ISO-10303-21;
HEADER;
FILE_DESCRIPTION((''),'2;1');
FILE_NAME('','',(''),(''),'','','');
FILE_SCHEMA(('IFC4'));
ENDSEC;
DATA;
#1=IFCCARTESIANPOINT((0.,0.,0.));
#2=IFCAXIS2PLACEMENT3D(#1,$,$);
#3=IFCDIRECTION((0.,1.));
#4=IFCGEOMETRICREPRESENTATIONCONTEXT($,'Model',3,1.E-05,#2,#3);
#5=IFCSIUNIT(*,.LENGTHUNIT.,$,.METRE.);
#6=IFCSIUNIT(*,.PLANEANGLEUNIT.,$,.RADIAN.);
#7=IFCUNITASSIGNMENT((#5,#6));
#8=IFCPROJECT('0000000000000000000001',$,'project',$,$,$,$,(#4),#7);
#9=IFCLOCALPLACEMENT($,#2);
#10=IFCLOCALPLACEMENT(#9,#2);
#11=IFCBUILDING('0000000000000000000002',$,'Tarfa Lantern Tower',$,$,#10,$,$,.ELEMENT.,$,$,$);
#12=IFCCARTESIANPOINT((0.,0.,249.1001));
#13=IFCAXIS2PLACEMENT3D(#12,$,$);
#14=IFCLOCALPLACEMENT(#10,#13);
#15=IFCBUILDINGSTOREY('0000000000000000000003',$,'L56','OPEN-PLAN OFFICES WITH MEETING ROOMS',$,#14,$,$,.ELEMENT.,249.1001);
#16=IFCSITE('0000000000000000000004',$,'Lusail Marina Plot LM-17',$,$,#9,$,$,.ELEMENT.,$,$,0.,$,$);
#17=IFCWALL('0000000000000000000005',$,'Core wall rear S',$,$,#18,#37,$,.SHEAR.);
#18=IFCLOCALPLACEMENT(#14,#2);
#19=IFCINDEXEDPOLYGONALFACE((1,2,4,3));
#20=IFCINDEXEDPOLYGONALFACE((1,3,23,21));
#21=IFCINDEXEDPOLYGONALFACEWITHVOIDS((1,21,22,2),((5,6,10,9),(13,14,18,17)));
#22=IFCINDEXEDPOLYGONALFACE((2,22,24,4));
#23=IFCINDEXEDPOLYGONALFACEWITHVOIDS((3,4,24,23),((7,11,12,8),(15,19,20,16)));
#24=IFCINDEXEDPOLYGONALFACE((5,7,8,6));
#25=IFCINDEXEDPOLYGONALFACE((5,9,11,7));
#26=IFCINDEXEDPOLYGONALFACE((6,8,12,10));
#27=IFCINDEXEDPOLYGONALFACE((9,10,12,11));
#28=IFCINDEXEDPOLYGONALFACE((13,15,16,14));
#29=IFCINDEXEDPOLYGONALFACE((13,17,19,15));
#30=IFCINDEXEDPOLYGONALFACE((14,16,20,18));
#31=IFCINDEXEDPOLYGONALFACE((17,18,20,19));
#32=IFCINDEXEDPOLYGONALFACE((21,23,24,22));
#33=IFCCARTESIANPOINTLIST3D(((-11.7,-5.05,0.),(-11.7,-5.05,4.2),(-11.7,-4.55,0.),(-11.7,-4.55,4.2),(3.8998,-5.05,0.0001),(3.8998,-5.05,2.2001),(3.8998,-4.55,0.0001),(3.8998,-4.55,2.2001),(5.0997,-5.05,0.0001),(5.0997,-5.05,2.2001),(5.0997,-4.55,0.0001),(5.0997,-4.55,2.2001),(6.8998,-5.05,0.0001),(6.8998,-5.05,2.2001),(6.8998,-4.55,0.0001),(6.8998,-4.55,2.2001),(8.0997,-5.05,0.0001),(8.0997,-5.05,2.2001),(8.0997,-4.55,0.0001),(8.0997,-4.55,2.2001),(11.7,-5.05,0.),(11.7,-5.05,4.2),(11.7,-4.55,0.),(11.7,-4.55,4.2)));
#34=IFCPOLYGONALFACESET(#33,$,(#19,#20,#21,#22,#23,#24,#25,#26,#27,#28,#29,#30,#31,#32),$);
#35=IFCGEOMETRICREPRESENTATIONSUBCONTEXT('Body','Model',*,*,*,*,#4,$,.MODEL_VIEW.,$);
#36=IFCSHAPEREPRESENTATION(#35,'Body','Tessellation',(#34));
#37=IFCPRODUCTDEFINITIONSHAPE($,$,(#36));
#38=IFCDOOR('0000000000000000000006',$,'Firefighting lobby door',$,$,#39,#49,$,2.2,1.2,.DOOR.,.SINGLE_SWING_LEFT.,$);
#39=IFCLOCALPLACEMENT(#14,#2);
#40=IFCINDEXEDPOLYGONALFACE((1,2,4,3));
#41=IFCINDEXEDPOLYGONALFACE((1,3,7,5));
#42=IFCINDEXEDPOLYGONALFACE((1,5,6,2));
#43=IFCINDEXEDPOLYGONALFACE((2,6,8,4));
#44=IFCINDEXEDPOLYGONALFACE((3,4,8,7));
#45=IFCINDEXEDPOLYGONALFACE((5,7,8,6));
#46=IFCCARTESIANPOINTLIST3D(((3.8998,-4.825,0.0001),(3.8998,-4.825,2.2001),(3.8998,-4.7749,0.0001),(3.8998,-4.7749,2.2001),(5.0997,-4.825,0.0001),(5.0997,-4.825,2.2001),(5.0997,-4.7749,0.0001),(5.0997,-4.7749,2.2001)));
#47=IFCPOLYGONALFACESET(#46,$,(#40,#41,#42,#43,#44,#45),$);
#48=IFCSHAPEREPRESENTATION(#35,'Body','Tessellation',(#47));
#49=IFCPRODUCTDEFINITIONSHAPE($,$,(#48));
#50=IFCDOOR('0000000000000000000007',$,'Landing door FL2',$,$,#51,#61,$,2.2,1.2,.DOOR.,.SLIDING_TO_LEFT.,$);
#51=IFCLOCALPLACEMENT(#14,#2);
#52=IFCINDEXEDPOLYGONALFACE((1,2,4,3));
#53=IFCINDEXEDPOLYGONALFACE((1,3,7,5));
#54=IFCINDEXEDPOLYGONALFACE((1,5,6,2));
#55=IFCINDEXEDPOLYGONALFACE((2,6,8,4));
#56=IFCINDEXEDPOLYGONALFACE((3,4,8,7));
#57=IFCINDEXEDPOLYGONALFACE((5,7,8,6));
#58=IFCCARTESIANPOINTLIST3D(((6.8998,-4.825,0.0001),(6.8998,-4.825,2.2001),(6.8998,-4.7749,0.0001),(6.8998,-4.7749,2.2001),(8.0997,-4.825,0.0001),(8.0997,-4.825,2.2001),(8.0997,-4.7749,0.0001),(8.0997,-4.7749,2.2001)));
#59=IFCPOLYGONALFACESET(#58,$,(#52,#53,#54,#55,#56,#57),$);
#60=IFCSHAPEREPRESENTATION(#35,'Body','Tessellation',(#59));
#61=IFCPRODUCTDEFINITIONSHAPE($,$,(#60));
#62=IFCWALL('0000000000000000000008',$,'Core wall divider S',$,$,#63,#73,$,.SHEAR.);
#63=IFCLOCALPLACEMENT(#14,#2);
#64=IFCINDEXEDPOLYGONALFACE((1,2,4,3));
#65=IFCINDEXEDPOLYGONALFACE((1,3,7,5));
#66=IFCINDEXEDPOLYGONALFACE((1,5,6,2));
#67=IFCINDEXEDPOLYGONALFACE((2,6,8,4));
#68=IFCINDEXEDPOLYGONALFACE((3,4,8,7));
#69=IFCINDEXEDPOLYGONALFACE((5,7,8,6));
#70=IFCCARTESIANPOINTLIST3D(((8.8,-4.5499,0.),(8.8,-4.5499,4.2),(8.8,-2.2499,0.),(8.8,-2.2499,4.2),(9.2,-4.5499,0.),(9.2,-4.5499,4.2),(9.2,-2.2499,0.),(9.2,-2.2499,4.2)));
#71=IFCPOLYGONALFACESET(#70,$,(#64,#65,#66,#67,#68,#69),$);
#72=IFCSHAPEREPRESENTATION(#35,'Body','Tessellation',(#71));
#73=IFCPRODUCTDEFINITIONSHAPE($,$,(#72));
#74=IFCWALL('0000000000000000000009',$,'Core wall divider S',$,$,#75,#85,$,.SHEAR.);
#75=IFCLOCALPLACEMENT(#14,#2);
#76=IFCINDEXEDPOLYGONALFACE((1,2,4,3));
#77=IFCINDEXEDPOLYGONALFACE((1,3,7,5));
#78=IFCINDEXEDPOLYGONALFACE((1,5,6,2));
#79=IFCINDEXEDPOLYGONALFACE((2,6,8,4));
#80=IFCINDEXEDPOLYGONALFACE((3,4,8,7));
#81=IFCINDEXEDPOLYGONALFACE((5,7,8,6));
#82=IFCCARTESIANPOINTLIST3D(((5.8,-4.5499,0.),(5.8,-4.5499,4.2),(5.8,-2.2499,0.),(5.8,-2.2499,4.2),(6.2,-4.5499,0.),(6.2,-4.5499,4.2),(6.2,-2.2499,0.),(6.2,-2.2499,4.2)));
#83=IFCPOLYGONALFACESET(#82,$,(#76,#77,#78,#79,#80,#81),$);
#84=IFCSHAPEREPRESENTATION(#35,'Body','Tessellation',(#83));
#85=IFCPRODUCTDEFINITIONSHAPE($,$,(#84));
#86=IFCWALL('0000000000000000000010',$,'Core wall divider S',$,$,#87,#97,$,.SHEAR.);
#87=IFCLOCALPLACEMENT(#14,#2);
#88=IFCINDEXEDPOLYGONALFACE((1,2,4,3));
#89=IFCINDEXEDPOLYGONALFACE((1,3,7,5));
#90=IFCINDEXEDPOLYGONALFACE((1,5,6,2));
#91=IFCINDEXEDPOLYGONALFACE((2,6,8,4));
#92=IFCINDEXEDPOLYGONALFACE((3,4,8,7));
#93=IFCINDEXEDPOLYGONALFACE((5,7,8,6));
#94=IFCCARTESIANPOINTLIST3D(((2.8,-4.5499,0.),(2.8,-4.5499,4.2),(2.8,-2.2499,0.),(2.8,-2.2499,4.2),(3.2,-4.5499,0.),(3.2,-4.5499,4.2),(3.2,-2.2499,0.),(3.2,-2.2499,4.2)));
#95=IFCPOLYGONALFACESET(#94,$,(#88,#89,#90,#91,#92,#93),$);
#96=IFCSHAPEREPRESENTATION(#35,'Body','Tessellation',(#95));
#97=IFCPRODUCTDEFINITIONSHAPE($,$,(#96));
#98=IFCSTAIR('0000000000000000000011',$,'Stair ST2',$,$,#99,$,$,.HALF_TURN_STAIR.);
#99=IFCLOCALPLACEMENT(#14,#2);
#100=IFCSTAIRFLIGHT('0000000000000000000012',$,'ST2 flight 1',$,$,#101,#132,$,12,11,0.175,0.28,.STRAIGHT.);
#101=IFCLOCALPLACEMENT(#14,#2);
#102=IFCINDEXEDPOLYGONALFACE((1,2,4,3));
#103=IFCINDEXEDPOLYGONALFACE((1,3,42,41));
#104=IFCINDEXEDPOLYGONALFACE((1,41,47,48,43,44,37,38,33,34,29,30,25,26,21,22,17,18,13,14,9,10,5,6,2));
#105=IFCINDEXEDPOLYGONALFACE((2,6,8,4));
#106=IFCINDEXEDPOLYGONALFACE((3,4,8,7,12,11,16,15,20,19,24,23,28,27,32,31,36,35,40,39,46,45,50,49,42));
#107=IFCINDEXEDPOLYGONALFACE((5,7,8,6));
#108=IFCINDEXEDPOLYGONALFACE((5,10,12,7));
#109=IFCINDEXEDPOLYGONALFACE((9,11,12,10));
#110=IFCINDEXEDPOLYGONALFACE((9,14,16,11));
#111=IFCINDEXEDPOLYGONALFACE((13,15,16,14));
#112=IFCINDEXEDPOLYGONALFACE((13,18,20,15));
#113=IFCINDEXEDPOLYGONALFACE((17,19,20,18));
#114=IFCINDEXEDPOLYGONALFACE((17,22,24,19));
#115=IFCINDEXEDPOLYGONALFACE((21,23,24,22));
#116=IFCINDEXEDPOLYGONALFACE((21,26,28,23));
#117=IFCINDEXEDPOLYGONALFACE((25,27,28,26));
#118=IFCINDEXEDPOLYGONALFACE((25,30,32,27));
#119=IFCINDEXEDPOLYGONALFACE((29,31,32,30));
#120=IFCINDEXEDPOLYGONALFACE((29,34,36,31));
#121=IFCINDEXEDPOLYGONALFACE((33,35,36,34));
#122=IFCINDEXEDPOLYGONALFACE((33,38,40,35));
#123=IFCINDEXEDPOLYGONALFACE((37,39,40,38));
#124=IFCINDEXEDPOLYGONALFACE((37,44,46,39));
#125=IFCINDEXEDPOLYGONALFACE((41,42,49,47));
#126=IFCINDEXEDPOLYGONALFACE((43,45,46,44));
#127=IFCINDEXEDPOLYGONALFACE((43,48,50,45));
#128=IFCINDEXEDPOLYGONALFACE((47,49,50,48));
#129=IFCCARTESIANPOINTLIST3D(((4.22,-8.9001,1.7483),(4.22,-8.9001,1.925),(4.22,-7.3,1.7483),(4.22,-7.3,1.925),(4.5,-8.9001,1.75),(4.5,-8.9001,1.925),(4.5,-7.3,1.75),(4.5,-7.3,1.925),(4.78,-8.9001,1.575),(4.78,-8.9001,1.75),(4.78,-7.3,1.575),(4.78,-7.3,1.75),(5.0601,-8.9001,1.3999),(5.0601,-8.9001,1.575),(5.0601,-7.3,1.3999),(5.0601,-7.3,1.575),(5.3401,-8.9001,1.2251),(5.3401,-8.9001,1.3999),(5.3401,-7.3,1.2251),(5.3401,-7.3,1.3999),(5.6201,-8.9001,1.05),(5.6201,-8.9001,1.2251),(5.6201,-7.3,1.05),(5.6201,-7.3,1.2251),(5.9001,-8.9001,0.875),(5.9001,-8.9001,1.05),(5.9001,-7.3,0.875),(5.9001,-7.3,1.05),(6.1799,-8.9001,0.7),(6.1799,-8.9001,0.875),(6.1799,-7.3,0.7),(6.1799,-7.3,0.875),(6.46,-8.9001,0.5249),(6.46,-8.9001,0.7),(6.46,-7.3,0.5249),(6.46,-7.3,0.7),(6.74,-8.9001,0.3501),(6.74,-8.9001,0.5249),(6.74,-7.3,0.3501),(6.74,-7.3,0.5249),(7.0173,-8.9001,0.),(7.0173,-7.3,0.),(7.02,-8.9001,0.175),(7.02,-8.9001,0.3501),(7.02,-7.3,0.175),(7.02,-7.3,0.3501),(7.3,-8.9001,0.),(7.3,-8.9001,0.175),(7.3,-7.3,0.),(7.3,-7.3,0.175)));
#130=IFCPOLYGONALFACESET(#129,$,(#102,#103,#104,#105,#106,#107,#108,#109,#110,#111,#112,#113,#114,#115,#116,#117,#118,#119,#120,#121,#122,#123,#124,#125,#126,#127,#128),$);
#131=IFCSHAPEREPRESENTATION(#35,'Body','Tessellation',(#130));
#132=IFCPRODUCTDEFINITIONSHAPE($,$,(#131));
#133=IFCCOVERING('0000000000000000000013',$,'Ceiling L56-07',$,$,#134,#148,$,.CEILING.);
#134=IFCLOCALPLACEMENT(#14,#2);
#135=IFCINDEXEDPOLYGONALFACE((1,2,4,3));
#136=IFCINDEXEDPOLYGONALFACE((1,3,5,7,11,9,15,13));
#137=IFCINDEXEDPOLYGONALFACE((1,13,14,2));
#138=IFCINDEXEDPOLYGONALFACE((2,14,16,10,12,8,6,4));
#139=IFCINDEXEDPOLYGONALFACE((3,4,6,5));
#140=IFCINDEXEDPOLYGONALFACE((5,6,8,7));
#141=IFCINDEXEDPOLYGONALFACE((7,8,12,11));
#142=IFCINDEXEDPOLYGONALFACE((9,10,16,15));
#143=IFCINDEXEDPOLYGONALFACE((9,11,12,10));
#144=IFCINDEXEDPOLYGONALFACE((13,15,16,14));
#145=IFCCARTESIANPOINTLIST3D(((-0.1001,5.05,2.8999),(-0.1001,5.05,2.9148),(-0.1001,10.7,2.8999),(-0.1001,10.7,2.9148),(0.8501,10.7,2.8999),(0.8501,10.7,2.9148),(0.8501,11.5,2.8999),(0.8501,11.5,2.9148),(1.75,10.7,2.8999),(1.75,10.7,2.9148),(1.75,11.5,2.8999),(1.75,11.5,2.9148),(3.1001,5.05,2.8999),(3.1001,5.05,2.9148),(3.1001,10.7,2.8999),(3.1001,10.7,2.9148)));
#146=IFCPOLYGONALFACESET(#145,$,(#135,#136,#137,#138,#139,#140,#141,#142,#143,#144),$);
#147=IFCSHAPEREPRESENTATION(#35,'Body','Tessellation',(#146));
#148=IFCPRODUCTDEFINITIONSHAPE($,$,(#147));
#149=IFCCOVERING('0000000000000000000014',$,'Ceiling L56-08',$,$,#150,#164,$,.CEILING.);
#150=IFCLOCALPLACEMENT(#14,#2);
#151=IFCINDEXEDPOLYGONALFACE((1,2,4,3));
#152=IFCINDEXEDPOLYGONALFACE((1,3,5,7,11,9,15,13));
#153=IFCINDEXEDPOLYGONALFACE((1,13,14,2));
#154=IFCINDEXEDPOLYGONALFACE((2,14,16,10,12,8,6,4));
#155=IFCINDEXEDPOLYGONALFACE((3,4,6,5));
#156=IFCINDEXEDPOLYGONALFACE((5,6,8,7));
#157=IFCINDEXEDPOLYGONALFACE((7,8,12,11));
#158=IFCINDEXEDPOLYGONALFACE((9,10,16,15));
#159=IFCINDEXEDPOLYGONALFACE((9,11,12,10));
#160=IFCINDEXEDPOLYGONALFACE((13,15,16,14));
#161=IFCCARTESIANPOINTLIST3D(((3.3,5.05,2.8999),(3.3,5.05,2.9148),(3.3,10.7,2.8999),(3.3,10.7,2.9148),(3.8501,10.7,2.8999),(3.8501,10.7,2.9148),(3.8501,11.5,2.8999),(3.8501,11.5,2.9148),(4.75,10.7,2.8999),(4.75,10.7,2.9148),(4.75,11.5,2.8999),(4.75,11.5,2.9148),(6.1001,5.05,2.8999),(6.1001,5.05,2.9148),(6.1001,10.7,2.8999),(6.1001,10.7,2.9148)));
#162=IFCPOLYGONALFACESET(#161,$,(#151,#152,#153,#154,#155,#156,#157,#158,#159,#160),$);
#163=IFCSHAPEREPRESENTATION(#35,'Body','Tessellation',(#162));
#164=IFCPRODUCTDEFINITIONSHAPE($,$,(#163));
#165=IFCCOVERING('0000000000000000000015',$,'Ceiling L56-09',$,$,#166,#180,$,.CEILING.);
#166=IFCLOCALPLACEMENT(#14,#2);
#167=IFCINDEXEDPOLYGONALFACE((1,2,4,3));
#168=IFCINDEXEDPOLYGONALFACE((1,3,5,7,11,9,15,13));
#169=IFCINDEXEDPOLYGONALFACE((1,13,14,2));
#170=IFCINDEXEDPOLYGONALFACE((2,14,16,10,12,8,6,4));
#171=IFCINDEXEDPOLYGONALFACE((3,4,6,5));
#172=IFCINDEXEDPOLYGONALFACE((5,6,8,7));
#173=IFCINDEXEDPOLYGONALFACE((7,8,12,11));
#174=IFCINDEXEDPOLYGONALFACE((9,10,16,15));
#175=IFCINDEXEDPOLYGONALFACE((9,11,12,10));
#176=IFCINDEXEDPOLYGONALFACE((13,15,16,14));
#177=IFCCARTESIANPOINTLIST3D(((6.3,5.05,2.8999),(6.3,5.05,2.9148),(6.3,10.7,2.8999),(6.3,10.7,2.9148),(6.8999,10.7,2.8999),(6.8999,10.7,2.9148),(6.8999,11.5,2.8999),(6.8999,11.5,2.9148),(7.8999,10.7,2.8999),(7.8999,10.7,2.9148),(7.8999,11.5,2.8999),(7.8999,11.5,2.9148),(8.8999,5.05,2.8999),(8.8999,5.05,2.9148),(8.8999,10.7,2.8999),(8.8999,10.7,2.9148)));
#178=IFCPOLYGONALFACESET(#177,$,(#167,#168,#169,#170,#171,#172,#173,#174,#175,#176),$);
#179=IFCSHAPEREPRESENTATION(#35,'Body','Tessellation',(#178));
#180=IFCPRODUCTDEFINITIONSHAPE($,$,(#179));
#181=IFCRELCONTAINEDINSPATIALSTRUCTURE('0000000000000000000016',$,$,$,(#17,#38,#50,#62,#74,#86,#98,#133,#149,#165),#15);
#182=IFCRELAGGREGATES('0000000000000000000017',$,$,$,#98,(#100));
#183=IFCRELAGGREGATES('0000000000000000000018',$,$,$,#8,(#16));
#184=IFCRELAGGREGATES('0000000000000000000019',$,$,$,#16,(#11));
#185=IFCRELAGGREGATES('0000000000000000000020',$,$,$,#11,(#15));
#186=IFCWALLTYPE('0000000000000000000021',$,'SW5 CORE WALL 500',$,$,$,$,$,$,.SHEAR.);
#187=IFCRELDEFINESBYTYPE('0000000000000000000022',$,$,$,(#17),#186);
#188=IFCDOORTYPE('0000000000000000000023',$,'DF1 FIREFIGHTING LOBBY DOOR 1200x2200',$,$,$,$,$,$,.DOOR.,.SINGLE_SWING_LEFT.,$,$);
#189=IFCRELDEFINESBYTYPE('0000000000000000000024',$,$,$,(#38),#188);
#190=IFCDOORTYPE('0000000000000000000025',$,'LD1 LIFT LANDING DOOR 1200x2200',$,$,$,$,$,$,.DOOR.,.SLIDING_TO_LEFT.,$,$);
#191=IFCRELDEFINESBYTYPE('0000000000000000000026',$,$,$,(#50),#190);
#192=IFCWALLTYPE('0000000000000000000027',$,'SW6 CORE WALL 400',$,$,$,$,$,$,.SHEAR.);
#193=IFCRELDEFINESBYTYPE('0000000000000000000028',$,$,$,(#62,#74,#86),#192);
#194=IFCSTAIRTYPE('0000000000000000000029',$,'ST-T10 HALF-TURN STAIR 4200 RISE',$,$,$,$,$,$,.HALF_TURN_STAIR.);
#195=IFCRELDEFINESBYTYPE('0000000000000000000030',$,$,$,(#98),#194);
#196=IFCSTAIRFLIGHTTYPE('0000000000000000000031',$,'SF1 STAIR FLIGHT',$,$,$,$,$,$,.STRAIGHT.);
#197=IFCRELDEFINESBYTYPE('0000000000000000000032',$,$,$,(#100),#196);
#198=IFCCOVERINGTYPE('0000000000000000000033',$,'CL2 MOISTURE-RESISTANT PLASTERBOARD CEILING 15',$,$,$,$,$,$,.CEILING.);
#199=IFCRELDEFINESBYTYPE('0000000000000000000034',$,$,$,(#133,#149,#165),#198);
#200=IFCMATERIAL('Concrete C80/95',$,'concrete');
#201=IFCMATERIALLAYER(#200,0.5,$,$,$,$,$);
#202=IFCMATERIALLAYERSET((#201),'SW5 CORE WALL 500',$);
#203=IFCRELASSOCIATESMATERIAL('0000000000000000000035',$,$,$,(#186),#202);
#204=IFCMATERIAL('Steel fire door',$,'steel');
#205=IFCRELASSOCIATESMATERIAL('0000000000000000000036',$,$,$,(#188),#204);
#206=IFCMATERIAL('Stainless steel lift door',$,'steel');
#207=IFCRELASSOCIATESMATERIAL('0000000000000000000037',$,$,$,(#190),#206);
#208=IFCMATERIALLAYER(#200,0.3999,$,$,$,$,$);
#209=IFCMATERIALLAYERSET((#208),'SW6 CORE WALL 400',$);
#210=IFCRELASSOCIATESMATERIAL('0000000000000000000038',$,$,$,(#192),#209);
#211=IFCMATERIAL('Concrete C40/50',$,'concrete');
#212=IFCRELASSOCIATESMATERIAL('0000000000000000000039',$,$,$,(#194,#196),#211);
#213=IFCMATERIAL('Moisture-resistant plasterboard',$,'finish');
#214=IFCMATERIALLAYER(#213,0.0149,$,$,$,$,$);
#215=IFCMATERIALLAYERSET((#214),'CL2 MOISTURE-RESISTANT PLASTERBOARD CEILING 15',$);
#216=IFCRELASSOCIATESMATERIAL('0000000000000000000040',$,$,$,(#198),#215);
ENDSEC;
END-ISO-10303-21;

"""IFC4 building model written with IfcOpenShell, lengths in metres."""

from ifc_helpers import new_model, si_unit, direction, frame, frame_2d, origin, place, context, subcontext, project, spatial, polyline, rectangle, outline, extrude, material, layer, layer_set, type_object, element, fill, aggregate, save


model = new_model("IFC4")

# Units and contexts
model_context = context("Model", 3, precision=1e-05, world=origin(), true_north=direction((0.0, 1.0)))
body_context = subcontext(model_context, "Body", "Model", "MODEL_VIEW")
ifc_project = project(units=[si_unit("LENGTHUNIT", "METRE"), si_unit("PLANEANGLEUNIT", "RADIAN")], contexts=[model_context])

# Site, building, storey
site_placement = place(None, origin())
site = spatial("IfcSite", under=ifc_project, at=site_placement, Name="Lusail Marina Plot LM-17", CompositionType="ELEMENT", RefElevation=0.0)
building_placement = place(site_placement, origin())
building = spatial("IfcBuilding", under=site, at=building_placement, Name="Tarfa Lantern Tower", CompositionType="ELEMENT")
storey_placement = place(building_placement, frame((0.0, 0.0, 249.1001)))
storey = spatial("IfcBuildingStorey", under=building, at=storey_placement, Name="L56", Description="OPEN-PLAN OFFICES WITH MEETING ROOMS", CompositionType="ELEMENT", Elevation=249.1001)

# Shared definitions
ifc_material_1 = material(Name="Concrete C80/95", Category="concrete")

# Shared definitions
ifc_material_2 = material(Name="Steel fire door", Category="steel")

# Shared definitions
ifc_layer_1 = layer(ifc_material_1, 0.5)
ifc_layer_set_1 = layer_set([ifc_layer_1], Name="SW5 CORE WALL 500")
wall_type_1 = type_object("IfcWallType", Name="SW5 CORE WALL 500", PredefinedType="SHEAR", material=ifc_layer_set_1)

# Wall, openings, doors
ifc_material_3 = material(Name="Stainless steel lift door", Category="steel")
wall_1_placement = place(storey_placement, frame((11.7, -4.8, 0.0), z_axis=(0.0, 0.0, 1.0), x_axis=(-1.0, 0.0, 0.0)))
wall_1 = element("IfcWall", 1, at=wall_1_placement, inside=storey, type_object=wall_type_1, Name="Core wall rear S", PredefinedType="SHEAR", context=body_context, shape_type="SweptSolid", body=[
    extrude(rectangle(XDim=23.3999, YDim=0.5, at=frame_2d((11.7, 0.0))), origin(), (0.0, 0.0, 1.0), 4.2),
])
opening_1_placement = place(wall_1_placement, frame((6.6001, 0.0, 0.0)))
opening_1 = element("IfcOpeningElement", 2, at=opening_1_placement, cuts=wall_1, PredefinedType="OPENING", context=body_context, shape_type="SweptSolid", body=[
    extrude(rectangle(XDim=1.2, YDim=2.2, at=frame_2d((0.6001, 1.1001))), frame((0.0, 0.26, 0.0), z_axis=(0.0, -1.0, 0.0), x_axis=(1.0, 0.0, 0.0)), (0.0, 0.0, 1.0), 0.52),
])
opening_2_placement = place(wall_1_placement, frame((3.6001, 0.0, 0.0)))
opening_2 = element("IfcOpeningElement", 3, at=opening_2_placement, cuts=wall_1, PredefinedType="OPENING", context=body_context, shape_type="SweptSolid", body=[
    extrude(rectangle(XDim=1.2, YDim=2.2, at=frame_2d((0.6001, 1.1001))), frame((0.0, 0.26, 0.0), z_axis=(0.0, -1.0, 0.0), x_axis=(1.0, 0.0, 0.0)), (0.0, 0.0, 1.0), 0.52),
])
door_type_1 = type_object("IfcDoorType", Name="DF1 FIREFIGHTING LOBBY DOOR 1200x2200", OperationType="SINGLE_SWING_LEFT", PredefinedType="DOOR", material=ifc_material_2)
door_1_placement = place(opening_1_placement, origin())
door_1 = element("IfcDoor", 4, at=door_1_placement, inside=storey, type_object=door_type_1, Name="Firefighting lobby door", OperationType="SINGLE_SWING_LEFT", OverallHeight=2.2, OverallWidth=1.2, PredefinedType="DOOR", context=body_context, shape_type="SweptSolid", body=[
    extrude(rectangle(XDim=1.2, YDim=2.2, at=frame_2d((0.6001, 1.1001))), frame((0.0, 0.0249, 0.0), z_axis=(0.0, -1.0, 0.0), x_axis=(1.0, 0.0, 0.0)), (0.0, 0.0, 1.0), 0.05),
])
fill(opening_1, door_1)
door_type_2 = type_object("IfcDoorType", Name="LD1 LIFT LANDING DOOR 1200x2200", OperationType="SLIDING_TO_LEFT", PredefinedType="DOOR", material=ifc_material_3)
door_2_placement = place(opening_2_placement, origin())
door_2 = element("IfcDoor", 5, at=door_2_placement, inside=storey, type_object=door_type_2, Name="Landing door FL2", OperationType="SLIDING_TO_LEFT", OverallHeight=2.2, OverallWidth=1.2, PredefinedType="DOOR", context=body_context, shape_type="SweptSolid", body=[
    extrude(rectangle(XDim=1.2, YDim=2.2, at=frame_2d((0.6001, 1.1001))), frame((0.0, 0.0249, 0.0), z_axis=(0.0, -1.0, 0.0), x_axis=(1.0, 0.0, 0.0)), (0.0, 0.0, 1.0), 0.05),
])
fill(opening_2, door_2)

# Walls
ifc_layer_2 = layer(ifc_material_1, 0.3999)
ifc_layer_set_2 = layer_set([ifc_layer_2], Name="SW6 CORE WALL 400")
wall_type_2 = type_object("IfcWallType", Name="SW6 CORE WALL 400", PredefinedType="SHEAR", material=ifc_layer_set_2)
for number, where, z_axis, x_axis, name in (
    (6, (9.0, -2.25, 0.0), (0.0, 0.0, 1.0), (0.0, -1.0, 0.0), "Core wall divider S"),
    (7, (6.0, -2.25, 0.0), (0.0, 0.0, 1.0), (0.0, -1.0, 0.0), "Core wall divider S"),
    (8, (3.0, -2.25, 0.0), (0.0, 0.0, 1.0), (0.0, -1.0, 0.0), "Core wall divider S"),
):
    element("IfcWall", number, at=place(storey_placement, frame(where, z_axis=z_axis, x_axis=x_axis)), inside=storey, type_object=wall_type_2, Name=name, PredefinedType="SHEAR", context=body_context, shape_type="SweptSolid", body=[
        extrude(rectangle(XDim=2.3, YDim=0.3999, at=frame_2d((1.1499, 0.0))), origin(), (0.0, 0.0, 1.0), 4.2),
    ])

# Stair, stair flight
ifc_material_4 = material(Name="Concrete C40/50", Category="concrete")
stair_type = type_object("IfcStairType", Name="ST-T10 HALF-TURN STAIR 4200 RISE", PredefinedType="HALF_TURN_STAIR", material=ifc_material_4)
stair_placement = place(storey_placement, origin())
stair = element("IfcStair", 9, at=stair_placement, inside=storey, type_object=stair_type, Name="Stair ST2", PredefinedType="HALF_TURN_STAIR")
stair_flight_type = type_object("IfcStairFlightType", Name="SF1 STAIR FLIGHT", PredefinedType="STRAIGHT", material=ifc_material_4)
stair_flight_placement = place(storey_placement, frame((7.3, -8.1001, 0.0), z_axis=(0.0, 0.0, 1.0), x_axis=(-1.0, 0.0, 0.0)))
stair_flight = element("IfcStairFlight", 10, at=stair_flight_placement, type_object=stair_flight_type, Name="ST2 flight 1", NumberOfRisers=12, NumberOfTreads=11, PredefinedType="STRAIGHT", RiserHeight=0.175, TreadLength=0.28, context=body_context, shape_type="SweptSolid", body=[
    extrude(outline(polyline([(0.0, 0.0), (0.0, 0.175), (0.28, 0.175), (0.28, 0.3501), (0.5601, 0.3501), (0.5601, 0.5249), (0.8401, 0.5249), (0.8401, 0.7), (1.1201, 0.7), (1.1201, 0.875), (1.3999, 0.875), (1.3999, 1.05), (1.6799, 1.05), (1.6799, 1.2251), (1.96, 1.2251), (1.96, 1.3999), (2.24, 1.3999), (2.24, 1.575), (2.52, 1.575), (2.52, 1.75), (2.8, 1.75), (2.8, 1.925), (3.0801, 1.925), (3.0801, 2.1001), (3.0801, 1.7483), (0.2827, 0.0), (0.0, 0.0)])), frame((0.0, 0.8, 0.0), z_axis=(0.0, -1.0, 0.0), x_axis=(1.0, 0.0, 0.0)), (0.0, 0.0, 1.0), 1.6001),
])
aggregate(stair, [stair_flight])

# Coverings
ifc_material_5 = material(Name="Moisture-resistant plasterboard", Category="finish")
ifc_layer_3 = layer(ifc_material_5, 0.0149)
ifc_layer_set_3 = layer_set([ifc_layer_3], Name="CL2 MOISTURE-RESISTANT PLASTERBOARD CEILING 15")
covering_type_1 = type_object("IfcCoveringType", Name="CL2 MOISTURE-RESISTANT PLASTERBOARD CEILING 15", PredefinedType="CEILING", material=ifc_layer_set_3)
covering_1_placement = place(storey_placement, frame((0.0, 0.0, 2.8999)))
element("IfcCovering", 11, at=covering_1_placement, inside=storey, type_object=covering_type_1, Name="Ceiling L56-07", PredefinedType="CEILING", context=body_context, shape_type="SweptSolid", body=[
    extrude(outline(polyline([(0.8501, 10.7), (-0.1001, 10.7), (-0.1001, 5.05), (3.1001, 5.05), (3.1001, 10.7), (1.75, 10.7), (1.75, 11.5), (0.8501, 11.5), (0.8501, 10.7)])), origin(), (0.0, 0.0, 1.0), 0.0149),
])
covering_2_placement = place(storey_placement, frame((0.0, 0.0, 2.8999)))
element("IfcCovering", 12, at=covering_2_placement, inside=storey, type_object=covering_type_1, Name="Ceiling L56-08", PredefinedType="CEILING", context=body_context, shape_type="SweptSolid", body=[
    extrude(outline(polyline([(3.3, 5.05), (6.1001, 5.05), (6.1001, 10.7), (4.75, 10.7), (4.75, 11.5), (3.8501, 11.5), (3.8501, 10.7), (3.3, 10.7), (3.3, 5.05)])), origin(), (0.0, 0.0, 1.0), 0.0149),
])
covering_3_placement = place(storey_placement, frame((0.0, 0.0, 2.8999)))
element("IfcCovering", 13, at=covering_3_placement, inside=storey, type_object=covering_type_1, Name="Ceiling L56-09", PredefinedType="CEILING", context=body_context, shape_type="SweptSolid", body=[
    extrude(outline(polyline([(6.3, 5.05), (8.8999, 5.05), (8.8999, 10.7), (7.8999, 10.7), (7.8999, 11.5), (6.8999, 11.5), (6.8999, 10.7), (6.3, 10.7), (6.3, 5.05)])), origin(), (0.0, 0.0, 1.0), 0.0149),
])

save(model, "model.ifc")
